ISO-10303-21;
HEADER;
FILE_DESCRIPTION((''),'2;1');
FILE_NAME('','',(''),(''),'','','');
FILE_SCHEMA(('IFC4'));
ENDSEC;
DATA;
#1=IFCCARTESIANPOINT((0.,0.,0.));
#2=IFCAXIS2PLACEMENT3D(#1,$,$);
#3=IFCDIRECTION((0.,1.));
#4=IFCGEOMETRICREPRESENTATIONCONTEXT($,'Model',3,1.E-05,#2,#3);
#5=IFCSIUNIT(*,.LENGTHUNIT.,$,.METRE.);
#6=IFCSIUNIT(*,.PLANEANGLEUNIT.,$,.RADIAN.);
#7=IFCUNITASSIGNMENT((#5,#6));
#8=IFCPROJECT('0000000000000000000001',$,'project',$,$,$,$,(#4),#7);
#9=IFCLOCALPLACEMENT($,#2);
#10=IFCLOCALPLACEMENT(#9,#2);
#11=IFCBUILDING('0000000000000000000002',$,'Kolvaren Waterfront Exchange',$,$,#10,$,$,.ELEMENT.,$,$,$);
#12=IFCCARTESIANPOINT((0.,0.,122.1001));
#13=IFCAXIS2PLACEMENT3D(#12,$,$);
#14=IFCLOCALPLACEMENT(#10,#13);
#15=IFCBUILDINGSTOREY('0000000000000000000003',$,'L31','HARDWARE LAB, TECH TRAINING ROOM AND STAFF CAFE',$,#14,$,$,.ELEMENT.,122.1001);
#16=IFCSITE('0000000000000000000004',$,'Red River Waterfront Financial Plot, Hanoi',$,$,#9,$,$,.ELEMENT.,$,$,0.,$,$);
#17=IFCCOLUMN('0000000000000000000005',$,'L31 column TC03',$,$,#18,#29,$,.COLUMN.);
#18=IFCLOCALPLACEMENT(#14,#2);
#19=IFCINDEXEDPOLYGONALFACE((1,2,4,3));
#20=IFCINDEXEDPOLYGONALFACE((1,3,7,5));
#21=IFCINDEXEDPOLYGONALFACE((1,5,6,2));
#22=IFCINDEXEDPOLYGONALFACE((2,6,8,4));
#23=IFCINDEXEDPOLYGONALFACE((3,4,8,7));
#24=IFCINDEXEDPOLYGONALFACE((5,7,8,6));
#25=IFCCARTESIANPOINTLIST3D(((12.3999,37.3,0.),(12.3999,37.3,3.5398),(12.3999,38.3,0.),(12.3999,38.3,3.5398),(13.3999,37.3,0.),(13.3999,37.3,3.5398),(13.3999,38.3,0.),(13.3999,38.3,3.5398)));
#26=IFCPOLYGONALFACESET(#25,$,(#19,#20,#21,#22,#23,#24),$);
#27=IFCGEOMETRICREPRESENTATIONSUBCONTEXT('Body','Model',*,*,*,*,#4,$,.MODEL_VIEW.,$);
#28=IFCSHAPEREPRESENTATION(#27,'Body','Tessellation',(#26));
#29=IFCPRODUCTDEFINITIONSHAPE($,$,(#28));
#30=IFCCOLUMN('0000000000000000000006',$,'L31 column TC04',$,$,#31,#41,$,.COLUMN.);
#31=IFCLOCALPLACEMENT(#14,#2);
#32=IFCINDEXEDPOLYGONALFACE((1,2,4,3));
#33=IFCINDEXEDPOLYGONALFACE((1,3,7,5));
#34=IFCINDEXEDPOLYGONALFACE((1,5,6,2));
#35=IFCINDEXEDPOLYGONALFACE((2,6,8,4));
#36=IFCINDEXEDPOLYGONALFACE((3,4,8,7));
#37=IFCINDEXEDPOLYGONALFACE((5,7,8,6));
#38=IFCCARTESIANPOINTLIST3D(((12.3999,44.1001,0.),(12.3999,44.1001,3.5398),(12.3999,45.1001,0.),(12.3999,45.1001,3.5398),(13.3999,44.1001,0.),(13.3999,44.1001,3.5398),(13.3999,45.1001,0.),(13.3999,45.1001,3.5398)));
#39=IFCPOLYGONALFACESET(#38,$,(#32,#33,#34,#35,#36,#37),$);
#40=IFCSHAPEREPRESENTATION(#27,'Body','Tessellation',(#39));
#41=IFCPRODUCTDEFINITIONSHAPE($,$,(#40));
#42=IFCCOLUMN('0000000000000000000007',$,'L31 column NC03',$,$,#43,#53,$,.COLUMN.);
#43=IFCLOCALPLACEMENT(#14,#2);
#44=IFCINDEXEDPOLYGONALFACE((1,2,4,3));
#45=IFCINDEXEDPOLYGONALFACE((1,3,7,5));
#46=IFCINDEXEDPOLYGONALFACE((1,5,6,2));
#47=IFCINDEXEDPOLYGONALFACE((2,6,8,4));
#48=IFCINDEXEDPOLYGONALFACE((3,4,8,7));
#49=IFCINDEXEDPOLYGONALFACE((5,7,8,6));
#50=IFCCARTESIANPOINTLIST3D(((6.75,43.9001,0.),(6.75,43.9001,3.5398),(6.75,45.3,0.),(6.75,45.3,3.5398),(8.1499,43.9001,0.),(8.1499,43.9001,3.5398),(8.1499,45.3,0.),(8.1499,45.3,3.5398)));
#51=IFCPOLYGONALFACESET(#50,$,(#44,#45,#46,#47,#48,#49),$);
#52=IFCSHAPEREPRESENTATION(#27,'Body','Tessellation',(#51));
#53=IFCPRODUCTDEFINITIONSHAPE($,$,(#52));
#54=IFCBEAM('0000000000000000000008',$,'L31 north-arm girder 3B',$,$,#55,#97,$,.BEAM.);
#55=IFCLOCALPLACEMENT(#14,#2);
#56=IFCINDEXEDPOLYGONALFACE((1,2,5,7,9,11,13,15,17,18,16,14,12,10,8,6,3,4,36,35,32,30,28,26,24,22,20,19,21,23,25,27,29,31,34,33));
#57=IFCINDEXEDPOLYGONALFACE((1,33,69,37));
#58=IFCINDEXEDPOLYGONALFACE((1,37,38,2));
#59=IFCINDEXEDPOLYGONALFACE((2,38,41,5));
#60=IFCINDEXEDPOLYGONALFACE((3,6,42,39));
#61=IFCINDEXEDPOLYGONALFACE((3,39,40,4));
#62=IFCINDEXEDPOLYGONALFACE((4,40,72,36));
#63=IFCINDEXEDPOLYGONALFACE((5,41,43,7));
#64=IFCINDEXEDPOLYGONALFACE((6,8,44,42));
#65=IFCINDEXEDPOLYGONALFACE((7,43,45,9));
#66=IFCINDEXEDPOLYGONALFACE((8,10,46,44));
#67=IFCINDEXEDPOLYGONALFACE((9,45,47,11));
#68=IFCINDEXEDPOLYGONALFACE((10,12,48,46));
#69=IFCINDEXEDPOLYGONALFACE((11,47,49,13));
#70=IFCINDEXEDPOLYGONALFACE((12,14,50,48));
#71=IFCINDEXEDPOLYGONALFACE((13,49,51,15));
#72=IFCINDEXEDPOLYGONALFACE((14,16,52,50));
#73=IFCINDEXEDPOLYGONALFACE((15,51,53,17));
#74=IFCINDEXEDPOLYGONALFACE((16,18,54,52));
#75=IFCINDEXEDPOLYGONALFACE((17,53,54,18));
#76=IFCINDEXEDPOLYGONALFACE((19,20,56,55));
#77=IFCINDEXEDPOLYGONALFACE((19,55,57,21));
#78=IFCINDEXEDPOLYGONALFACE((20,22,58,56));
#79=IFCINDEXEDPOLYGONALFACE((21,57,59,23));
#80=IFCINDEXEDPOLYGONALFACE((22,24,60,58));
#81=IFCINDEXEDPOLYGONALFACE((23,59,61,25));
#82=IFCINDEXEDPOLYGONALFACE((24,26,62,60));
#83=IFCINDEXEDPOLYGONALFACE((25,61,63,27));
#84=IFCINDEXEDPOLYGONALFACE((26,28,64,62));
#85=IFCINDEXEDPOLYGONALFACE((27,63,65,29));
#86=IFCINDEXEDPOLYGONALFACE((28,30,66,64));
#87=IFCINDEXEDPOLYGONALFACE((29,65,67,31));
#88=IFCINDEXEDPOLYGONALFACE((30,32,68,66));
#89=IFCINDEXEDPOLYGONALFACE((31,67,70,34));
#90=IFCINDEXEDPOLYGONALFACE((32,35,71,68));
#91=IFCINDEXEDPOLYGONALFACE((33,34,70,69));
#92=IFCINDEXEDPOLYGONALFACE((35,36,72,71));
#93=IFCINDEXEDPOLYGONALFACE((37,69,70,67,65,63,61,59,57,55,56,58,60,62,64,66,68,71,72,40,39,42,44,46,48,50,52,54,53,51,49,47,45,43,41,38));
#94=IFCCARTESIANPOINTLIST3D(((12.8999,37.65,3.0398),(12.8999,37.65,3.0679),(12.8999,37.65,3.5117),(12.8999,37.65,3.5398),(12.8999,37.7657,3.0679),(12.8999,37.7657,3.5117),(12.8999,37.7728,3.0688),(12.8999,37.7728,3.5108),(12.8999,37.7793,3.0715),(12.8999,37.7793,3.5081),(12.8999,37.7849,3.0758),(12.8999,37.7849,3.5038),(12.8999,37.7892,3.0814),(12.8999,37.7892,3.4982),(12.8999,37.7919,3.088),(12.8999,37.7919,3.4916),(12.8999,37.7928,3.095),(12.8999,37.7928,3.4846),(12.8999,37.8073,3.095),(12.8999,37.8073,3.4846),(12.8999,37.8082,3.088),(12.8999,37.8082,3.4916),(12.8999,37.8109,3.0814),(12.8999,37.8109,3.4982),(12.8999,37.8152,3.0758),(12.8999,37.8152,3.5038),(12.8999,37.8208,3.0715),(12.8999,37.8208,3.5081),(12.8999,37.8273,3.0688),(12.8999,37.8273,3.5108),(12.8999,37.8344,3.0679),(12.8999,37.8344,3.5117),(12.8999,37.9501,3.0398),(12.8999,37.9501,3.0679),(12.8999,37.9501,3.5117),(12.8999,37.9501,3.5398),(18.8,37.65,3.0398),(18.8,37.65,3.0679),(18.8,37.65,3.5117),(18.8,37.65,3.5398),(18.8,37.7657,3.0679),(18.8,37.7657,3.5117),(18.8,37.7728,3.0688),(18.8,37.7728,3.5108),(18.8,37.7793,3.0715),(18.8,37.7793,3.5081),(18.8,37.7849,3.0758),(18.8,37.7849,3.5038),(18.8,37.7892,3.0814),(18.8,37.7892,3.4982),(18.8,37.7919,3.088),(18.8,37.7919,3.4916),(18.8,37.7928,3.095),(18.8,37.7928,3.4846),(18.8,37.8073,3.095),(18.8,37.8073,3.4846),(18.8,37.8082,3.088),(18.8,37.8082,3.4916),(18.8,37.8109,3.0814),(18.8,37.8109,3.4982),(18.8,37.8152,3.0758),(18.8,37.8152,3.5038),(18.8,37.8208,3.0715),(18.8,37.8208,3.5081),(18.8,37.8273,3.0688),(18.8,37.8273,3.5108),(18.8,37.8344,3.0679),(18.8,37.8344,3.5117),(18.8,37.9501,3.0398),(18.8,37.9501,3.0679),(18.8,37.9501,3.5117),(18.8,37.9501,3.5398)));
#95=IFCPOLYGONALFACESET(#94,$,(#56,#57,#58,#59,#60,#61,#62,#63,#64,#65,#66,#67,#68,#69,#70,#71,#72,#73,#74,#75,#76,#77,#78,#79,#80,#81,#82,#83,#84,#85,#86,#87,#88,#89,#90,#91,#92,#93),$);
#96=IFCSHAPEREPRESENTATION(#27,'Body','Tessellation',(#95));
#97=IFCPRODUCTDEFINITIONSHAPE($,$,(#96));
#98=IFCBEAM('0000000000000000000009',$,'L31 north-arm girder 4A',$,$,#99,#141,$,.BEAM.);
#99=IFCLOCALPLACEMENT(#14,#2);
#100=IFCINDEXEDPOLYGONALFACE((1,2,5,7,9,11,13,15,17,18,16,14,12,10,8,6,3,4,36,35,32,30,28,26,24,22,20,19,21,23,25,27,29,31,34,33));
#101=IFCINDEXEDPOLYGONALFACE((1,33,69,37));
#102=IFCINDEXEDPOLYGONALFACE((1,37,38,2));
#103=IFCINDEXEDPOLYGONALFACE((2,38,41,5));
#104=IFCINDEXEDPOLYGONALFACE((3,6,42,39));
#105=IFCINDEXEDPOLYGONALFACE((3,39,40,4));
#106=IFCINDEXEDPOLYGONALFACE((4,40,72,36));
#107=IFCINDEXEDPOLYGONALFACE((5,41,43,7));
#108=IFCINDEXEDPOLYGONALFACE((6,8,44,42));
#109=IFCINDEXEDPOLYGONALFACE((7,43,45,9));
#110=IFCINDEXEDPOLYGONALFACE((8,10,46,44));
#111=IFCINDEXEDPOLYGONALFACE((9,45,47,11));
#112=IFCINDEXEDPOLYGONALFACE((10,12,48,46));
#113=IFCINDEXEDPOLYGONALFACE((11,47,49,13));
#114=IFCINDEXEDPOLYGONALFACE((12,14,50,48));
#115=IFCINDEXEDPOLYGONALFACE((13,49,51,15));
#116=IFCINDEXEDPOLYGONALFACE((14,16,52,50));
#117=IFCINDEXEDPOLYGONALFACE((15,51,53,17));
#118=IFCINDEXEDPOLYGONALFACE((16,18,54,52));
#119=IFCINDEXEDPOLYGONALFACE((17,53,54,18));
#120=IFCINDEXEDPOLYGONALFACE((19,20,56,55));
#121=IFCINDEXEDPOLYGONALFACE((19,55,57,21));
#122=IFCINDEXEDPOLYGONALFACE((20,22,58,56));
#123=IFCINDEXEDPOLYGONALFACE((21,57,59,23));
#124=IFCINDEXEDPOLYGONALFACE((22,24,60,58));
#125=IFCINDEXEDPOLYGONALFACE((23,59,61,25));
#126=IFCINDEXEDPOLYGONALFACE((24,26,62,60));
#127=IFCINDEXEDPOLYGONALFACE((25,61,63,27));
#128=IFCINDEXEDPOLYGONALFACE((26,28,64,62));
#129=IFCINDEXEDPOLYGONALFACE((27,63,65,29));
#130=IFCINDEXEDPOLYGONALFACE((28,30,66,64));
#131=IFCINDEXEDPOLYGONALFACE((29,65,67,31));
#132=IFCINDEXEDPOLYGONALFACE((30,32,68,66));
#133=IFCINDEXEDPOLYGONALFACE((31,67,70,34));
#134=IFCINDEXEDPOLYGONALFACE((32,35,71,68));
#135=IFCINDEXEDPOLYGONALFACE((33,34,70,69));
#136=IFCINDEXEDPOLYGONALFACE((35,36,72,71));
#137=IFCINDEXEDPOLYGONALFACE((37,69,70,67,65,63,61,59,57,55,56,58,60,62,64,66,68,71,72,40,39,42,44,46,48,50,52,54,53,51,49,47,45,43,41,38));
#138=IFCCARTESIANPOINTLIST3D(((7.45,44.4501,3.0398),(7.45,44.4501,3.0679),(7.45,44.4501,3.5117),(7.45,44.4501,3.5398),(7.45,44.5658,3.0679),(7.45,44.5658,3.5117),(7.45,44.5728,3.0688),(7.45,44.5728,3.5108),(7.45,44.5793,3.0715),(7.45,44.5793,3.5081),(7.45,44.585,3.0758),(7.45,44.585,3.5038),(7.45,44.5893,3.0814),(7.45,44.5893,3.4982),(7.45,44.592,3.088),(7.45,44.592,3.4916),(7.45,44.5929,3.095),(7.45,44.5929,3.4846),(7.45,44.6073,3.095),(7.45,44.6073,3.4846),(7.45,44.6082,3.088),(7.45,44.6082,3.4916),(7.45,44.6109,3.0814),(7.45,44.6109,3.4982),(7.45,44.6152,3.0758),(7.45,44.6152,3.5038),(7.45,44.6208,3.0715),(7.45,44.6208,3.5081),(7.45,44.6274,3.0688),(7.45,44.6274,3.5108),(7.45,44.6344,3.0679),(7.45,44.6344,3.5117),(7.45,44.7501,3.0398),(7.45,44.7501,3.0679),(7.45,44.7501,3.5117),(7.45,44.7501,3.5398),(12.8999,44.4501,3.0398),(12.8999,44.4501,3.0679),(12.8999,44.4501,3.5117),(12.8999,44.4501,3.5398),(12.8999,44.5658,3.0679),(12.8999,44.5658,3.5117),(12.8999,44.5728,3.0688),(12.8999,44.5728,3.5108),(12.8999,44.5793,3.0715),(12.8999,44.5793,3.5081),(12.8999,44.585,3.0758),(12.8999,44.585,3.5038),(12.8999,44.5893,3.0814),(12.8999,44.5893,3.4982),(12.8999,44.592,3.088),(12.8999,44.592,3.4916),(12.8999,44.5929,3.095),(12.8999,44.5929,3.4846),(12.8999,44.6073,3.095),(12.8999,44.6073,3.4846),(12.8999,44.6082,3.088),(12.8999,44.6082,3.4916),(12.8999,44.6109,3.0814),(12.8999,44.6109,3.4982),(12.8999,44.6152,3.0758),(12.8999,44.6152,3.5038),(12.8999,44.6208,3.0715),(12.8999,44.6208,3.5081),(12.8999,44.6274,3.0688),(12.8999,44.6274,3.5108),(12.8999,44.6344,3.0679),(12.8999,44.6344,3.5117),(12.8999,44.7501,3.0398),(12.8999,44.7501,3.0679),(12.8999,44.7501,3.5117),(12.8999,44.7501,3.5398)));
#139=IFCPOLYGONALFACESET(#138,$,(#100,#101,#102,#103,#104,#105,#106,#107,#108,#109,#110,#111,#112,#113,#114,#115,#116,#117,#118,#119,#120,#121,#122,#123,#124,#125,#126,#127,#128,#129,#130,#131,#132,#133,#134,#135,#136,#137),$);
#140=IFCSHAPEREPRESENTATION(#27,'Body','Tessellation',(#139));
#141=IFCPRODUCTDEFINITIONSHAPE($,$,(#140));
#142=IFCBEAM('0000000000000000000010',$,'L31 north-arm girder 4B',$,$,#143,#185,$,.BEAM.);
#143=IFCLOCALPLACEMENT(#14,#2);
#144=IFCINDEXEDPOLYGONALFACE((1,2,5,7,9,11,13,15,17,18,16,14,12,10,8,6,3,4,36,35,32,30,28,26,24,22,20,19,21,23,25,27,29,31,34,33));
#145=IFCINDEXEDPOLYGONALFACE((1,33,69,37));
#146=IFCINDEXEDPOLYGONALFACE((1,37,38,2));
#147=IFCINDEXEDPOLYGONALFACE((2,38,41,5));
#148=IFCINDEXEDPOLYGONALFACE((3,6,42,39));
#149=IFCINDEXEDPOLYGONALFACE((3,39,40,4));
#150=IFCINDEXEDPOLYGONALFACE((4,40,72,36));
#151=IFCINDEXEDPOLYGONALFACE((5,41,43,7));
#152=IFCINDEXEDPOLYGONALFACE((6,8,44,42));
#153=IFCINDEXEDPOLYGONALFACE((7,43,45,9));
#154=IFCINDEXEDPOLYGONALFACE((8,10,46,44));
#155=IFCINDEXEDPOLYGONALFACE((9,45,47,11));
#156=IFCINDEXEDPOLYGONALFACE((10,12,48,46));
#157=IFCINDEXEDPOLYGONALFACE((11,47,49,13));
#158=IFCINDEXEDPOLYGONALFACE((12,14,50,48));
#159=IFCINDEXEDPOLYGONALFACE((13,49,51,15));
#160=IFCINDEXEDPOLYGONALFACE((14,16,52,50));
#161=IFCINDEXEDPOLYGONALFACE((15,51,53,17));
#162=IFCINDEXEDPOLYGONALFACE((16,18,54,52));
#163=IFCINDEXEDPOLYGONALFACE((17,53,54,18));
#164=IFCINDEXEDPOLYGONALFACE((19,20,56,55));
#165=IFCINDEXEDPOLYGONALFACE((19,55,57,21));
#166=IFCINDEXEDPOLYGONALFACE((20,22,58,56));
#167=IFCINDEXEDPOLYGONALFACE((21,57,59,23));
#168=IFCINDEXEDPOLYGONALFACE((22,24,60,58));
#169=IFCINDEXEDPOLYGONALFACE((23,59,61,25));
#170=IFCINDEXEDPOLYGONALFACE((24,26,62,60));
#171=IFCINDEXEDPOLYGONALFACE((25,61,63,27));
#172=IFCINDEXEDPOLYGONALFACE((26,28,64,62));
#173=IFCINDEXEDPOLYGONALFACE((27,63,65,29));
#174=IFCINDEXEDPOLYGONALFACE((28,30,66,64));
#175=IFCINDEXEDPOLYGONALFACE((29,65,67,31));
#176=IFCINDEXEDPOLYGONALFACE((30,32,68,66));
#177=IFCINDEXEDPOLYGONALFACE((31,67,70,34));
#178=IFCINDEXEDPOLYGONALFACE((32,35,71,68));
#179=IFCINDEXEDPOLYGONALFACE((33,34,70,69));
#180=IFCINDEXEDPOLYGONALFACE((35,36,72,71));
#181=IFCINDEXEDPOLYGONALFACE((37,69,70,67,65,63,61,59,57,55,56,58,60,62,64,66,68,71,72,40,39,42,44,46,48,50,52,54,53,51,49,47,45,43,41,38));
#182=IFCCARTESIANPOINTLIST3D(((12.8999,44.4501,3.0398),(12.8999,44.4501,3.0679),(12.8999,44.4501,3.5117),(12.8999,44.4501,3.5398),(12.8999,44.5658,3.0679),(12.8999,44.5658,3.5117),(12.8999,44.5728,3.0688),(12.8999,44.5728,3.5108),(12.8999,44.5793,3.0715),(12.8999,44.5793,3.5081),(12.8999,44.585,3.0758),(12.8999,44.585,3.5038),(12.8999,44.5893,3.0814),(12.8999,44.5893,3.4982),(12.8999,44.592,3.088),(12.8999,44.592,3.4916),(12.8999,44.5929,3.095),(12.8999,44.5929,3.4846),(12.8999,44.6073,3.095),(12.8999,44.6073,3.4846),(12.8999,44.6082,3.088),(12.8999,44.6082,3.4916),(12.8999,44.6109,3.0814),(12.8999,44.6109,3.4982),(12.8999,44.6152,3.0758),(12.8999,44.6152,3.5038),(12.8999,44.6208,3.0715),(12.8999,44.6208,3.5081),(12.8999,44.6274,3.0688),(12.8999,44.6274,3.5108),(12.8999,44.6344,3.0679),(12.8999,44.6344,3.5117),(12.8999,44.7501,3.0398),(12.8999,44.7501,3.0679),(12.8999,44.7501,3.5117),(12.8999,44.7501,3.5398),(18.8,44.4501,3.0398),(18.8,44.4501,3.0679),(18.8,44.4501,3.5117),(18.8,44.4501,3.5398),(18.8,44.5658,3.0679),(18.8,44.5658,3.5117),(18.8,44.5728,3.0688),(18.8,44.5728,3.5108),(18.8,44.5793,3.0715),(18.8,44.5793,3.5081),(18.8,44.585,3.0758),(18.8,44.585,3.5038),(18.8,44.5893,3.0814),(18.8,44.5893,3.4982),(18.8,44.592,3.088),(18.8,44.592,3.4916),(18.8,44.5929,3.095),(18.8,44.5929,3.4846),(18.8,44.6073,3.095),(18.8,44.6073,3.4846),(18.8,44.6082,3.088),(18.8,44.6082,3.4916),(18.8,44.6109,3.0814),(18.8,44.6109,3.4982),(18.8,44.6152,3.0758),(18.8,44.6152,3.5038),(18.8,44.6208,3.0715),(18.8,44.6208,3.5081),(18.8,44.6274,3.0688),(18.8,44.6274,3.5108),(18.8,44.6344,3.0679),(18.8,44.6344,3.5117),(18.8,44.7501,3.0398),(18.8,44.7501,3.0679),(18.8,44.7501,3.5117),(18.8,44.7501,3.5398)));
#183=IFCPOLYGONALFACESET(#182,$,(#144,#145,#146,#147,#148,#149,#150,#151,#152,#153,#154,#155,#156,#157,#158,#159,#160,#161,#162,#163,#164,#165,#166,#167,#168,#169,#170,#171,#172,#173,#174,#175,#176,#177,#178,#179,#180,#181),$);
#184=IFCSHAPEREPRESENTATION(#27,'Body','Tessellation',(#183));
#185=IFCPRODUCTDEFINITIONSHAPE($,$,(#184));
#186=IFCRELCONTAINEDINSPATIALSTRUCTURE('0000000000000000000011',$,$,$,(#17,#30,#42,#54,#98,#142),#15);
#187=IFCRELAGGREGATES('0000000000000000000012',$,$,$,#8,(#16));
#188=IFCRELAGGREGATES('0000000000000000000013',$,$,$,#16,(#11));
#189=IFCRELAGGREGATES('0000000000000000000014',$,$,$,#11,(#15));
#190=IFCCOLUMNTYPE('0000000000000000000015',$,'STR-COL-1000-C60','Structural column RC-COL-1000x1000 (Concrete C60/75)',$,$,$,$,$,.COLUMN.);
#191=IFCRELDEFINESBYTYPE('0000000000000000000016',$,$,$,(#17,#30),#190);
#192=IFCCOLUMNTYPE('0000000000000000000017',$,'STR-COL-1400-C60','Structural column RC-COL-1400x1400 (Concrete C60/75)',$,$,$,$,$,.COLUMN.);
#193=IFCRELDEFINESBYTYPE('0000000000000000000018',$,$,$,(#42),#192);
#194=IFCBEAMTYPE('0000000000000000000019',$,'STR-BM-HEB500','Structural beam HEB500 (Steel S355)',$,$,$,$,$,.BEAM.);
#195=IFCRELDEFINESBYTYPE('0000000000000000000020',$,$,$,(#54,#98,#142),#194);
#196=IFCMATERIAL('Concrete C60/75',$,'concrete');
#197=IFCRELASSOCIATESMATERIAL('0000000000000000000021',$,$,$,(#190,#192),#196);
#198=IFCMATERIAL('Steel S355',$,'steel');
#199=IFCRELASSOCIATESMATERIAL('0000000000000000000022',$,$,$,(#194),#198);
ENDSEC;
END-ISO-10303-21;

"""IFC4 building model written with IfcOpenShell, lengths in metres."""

from ifc_helpers import new_model, si_unit, direction, frame, origin, origin_2d, place, context, subcontext, project, spatial, rectangle, i_section, extrude, material, material_profile, profile_set, type_object, element, save


model = new_model("IFC4")

# Units and contexts
model_context = context("Model", 3, precision=1e-05, world=origin(), true_north=direction((0.0, 1.0)))
body_context = subcontext(model_context, "Body", "Model", "MODEL_VIEW")
ifc_project = project(units=[si_unit("LENGTHUNIT", "METRE"), si_unit("PLANEANGLEUNIT", "RADIAN")], contexts=[model_context])

# Site, building, storey
site_placement = place(None, origin())
site = spatial("IfcSite", under=ifc_project, at=site_placement, Name="Red River Waterfront Financial Plot, Hanoi", CompositionType="ELEMENT", RefElevation=0.0)
building_placement = place(site_placement, origin())
building = spatial("IfcBuilding", under=site, at=building_placement, Name="Kolvaren Waterfront Exchange", CompositionType="ELEMENT")
storey_placement = place(building_placement, frame((0.0, 0.0, 122.1001)))
storey = spatial("IfcBuildingStorey", under=building, at=storey_placement, Name="L31", Description="HARDWARE LAB, TECH TRAINING ROOM AND STAFF CAFE", CompositionType="ELEMENT", Elevation=122.1001)

# Columns
ifc_material_1 = material(Name="Concrete C60/75", Category="concrete")
ifc_material_profile_1 = material_profile(ifc_material_1, rectangle(XDim=1.0, YDim=1.0, at=origin_2d()), Name="RC-COL-1000x1000")
ifc_profile_set_1 = profile_set([ifc_material_profile_1], Name="Concrete C60/75")
column_type_1 = type_object("IfcColumnType", Name="STR-COL-1000-C60", Description="Structural column RC-COL-1000x1000 (Concrete C60/75)", PredefinedType="COLUMN", material=ifc_profile_set_1)
for number, where, z_axis, x_axis, name in (
    (1, (12.8999, 37.8, 0.0), (0.0, 0.0, 1.0), (1.0, 0.0, 0.0), "L31 column TC03"),
    (2, (12.8999, 44.6001, 0.0), (0.0, 0.0, 1.0), (1.0, 0.0, 0.0), "L31 column TC04"),
):
    element("IfcColumn", number, at=place(storey_placement, frame(where, z_axis=z_axis, x_axis=x_axis)), inside=storey, type_object=column_type_1, Name=name, PredefinedType="COLUMN", context=body_context, shape_type="SweptSolid", body=[
        extrude(rectangle(XDim=1.0, YDim=1.0, at=origin_2d()), origin(), (0.0, 0.0, 1.0), 3.5398),
    ])
ifc_material_profile_2 = material_profile(ifc_material_1, rectangle(XDim=1.3999, YDim=1.3999, at=origin_2d()), Name="RC-COL-1400x1400")
ifc_profile_set_2 = profile_set([ifc_material_profile_2], Name="Concrete C60/75")
column_type_2 = type_object("IfcColumnType", Name="STR-COL-1400-C60", Description="Structural column RC-COL-1400x1400 (Concrete C60/75)", PredefinedType="COLUMN", material=ifc_profile_set_2)
column_placement = place(storey_placement, frame((7.45, 44.6001, 0.0), z_axis=(0.0, 0.0, 1.0), x_axis=(1.0, 0.0, 0.0)))
element("IfcColumn", 3, at=column_placement, inside=storey, type_object=column_type_2, Name="L31 column NC03", PredefinedType="COLUMN", context=body_context, shape_type="SweptSolid", body=[
    extrude(rectangle(XDim=1.3999, YDim=1.3999, at=origin_2d()), origin(), (0.0, 0.0, 1.0), 3.5398),
])

# Beams
ifc_material_2 = material(Name="Steel S355", Category="steel")
ifc_material_profile_3 = material_profile(ifc_material_2, i_section(OverallWidth=0.3, OverallDepth=0.5, WebThickness=0.0144, FlangeThickness=0.0281, FilletRadius=0.0271, at=origin_2d()), Name="HEB500")
ifc_profile_set_3 = profile_set([ifc_material_profile_3], Name="Steel S355")
beam_type_1 = type_object("IfcBeamType", Name="STR-BM-HEB500", Description="Structural beam HEB500 (Steel S355)", PredefinedType="BEAM", material=ifc_profile_set_3)
beam_1_placement = place(storey_placement, frame((12.8999, 37.8, 3.2898), z_axis=(1.0, 0.0, 0.0), x_axis=(0.0, 1.0, 0.0)))
element("IfcBeam", 4, at=beam_1_placement, inside=storey, type_object=beam_type_1, Name="L31 north-arm girder 3B", PredefinedType="BEAM", context=body_context, shape_type="SweptSolid", body=[
    extrude(i_section(OverallWidth=0.3, OverallDepth=0.5, WebThickness=0.0144, FlangeThickness=0.0281, FilletRadius=0.0271, at=origin_2d()), origin(), (0.0, 0.0, 1.0), 5.9001),
])
beam_2_placement = place(storey_placement, frame((7.45, 44.6001, 3.2898), z_axis=(1.0, 0.0, 0.0), x_axis=(0.0, 1.0, 0.0)))
element("IfcBeam", 5, at=beam_2_placement, inside=storey, type_object=beam_type_1, Name="L31 north-arm girder 4A", PredefinedType="BEAM", context=body_context, shape_type="SweptSolid", body=[
    extrude(i_section(OverallWidth=0.3, OverallDepth=0.5, WebThickness=0.0144, FlangeThickness=0.0281, FilletRadius=0.0271, at=origin_2d()), origin(), (0.0, 0.0, 1.0), 5.45),
])
beam_3_placement = place(storey_placement, frame((12.8999, 44.6001, 3.2898), z_axis=(1.0, 0.0, 0.0), x_axis=(0.0, 1.0, 0.0)))
element("IfcBeam", 6, at=beam_3_placement, inside=storey, type_object=beam_type_1, Name="L31 north-arm girder 4B", PredefinedType="BEAM", context=body_context, shape_type="SweptSolid", body=[
    extrude(i_section(OverallWidth=0.3, OverallDepth=0.5, WebThickness=0.0144, FlangeThickness=0.0281, FilletRadius=0.0271, at=origin_2d()), origin(), (0.0, 0.0, 1.0), 5.9001),
])

save(model, "model.ifc")
